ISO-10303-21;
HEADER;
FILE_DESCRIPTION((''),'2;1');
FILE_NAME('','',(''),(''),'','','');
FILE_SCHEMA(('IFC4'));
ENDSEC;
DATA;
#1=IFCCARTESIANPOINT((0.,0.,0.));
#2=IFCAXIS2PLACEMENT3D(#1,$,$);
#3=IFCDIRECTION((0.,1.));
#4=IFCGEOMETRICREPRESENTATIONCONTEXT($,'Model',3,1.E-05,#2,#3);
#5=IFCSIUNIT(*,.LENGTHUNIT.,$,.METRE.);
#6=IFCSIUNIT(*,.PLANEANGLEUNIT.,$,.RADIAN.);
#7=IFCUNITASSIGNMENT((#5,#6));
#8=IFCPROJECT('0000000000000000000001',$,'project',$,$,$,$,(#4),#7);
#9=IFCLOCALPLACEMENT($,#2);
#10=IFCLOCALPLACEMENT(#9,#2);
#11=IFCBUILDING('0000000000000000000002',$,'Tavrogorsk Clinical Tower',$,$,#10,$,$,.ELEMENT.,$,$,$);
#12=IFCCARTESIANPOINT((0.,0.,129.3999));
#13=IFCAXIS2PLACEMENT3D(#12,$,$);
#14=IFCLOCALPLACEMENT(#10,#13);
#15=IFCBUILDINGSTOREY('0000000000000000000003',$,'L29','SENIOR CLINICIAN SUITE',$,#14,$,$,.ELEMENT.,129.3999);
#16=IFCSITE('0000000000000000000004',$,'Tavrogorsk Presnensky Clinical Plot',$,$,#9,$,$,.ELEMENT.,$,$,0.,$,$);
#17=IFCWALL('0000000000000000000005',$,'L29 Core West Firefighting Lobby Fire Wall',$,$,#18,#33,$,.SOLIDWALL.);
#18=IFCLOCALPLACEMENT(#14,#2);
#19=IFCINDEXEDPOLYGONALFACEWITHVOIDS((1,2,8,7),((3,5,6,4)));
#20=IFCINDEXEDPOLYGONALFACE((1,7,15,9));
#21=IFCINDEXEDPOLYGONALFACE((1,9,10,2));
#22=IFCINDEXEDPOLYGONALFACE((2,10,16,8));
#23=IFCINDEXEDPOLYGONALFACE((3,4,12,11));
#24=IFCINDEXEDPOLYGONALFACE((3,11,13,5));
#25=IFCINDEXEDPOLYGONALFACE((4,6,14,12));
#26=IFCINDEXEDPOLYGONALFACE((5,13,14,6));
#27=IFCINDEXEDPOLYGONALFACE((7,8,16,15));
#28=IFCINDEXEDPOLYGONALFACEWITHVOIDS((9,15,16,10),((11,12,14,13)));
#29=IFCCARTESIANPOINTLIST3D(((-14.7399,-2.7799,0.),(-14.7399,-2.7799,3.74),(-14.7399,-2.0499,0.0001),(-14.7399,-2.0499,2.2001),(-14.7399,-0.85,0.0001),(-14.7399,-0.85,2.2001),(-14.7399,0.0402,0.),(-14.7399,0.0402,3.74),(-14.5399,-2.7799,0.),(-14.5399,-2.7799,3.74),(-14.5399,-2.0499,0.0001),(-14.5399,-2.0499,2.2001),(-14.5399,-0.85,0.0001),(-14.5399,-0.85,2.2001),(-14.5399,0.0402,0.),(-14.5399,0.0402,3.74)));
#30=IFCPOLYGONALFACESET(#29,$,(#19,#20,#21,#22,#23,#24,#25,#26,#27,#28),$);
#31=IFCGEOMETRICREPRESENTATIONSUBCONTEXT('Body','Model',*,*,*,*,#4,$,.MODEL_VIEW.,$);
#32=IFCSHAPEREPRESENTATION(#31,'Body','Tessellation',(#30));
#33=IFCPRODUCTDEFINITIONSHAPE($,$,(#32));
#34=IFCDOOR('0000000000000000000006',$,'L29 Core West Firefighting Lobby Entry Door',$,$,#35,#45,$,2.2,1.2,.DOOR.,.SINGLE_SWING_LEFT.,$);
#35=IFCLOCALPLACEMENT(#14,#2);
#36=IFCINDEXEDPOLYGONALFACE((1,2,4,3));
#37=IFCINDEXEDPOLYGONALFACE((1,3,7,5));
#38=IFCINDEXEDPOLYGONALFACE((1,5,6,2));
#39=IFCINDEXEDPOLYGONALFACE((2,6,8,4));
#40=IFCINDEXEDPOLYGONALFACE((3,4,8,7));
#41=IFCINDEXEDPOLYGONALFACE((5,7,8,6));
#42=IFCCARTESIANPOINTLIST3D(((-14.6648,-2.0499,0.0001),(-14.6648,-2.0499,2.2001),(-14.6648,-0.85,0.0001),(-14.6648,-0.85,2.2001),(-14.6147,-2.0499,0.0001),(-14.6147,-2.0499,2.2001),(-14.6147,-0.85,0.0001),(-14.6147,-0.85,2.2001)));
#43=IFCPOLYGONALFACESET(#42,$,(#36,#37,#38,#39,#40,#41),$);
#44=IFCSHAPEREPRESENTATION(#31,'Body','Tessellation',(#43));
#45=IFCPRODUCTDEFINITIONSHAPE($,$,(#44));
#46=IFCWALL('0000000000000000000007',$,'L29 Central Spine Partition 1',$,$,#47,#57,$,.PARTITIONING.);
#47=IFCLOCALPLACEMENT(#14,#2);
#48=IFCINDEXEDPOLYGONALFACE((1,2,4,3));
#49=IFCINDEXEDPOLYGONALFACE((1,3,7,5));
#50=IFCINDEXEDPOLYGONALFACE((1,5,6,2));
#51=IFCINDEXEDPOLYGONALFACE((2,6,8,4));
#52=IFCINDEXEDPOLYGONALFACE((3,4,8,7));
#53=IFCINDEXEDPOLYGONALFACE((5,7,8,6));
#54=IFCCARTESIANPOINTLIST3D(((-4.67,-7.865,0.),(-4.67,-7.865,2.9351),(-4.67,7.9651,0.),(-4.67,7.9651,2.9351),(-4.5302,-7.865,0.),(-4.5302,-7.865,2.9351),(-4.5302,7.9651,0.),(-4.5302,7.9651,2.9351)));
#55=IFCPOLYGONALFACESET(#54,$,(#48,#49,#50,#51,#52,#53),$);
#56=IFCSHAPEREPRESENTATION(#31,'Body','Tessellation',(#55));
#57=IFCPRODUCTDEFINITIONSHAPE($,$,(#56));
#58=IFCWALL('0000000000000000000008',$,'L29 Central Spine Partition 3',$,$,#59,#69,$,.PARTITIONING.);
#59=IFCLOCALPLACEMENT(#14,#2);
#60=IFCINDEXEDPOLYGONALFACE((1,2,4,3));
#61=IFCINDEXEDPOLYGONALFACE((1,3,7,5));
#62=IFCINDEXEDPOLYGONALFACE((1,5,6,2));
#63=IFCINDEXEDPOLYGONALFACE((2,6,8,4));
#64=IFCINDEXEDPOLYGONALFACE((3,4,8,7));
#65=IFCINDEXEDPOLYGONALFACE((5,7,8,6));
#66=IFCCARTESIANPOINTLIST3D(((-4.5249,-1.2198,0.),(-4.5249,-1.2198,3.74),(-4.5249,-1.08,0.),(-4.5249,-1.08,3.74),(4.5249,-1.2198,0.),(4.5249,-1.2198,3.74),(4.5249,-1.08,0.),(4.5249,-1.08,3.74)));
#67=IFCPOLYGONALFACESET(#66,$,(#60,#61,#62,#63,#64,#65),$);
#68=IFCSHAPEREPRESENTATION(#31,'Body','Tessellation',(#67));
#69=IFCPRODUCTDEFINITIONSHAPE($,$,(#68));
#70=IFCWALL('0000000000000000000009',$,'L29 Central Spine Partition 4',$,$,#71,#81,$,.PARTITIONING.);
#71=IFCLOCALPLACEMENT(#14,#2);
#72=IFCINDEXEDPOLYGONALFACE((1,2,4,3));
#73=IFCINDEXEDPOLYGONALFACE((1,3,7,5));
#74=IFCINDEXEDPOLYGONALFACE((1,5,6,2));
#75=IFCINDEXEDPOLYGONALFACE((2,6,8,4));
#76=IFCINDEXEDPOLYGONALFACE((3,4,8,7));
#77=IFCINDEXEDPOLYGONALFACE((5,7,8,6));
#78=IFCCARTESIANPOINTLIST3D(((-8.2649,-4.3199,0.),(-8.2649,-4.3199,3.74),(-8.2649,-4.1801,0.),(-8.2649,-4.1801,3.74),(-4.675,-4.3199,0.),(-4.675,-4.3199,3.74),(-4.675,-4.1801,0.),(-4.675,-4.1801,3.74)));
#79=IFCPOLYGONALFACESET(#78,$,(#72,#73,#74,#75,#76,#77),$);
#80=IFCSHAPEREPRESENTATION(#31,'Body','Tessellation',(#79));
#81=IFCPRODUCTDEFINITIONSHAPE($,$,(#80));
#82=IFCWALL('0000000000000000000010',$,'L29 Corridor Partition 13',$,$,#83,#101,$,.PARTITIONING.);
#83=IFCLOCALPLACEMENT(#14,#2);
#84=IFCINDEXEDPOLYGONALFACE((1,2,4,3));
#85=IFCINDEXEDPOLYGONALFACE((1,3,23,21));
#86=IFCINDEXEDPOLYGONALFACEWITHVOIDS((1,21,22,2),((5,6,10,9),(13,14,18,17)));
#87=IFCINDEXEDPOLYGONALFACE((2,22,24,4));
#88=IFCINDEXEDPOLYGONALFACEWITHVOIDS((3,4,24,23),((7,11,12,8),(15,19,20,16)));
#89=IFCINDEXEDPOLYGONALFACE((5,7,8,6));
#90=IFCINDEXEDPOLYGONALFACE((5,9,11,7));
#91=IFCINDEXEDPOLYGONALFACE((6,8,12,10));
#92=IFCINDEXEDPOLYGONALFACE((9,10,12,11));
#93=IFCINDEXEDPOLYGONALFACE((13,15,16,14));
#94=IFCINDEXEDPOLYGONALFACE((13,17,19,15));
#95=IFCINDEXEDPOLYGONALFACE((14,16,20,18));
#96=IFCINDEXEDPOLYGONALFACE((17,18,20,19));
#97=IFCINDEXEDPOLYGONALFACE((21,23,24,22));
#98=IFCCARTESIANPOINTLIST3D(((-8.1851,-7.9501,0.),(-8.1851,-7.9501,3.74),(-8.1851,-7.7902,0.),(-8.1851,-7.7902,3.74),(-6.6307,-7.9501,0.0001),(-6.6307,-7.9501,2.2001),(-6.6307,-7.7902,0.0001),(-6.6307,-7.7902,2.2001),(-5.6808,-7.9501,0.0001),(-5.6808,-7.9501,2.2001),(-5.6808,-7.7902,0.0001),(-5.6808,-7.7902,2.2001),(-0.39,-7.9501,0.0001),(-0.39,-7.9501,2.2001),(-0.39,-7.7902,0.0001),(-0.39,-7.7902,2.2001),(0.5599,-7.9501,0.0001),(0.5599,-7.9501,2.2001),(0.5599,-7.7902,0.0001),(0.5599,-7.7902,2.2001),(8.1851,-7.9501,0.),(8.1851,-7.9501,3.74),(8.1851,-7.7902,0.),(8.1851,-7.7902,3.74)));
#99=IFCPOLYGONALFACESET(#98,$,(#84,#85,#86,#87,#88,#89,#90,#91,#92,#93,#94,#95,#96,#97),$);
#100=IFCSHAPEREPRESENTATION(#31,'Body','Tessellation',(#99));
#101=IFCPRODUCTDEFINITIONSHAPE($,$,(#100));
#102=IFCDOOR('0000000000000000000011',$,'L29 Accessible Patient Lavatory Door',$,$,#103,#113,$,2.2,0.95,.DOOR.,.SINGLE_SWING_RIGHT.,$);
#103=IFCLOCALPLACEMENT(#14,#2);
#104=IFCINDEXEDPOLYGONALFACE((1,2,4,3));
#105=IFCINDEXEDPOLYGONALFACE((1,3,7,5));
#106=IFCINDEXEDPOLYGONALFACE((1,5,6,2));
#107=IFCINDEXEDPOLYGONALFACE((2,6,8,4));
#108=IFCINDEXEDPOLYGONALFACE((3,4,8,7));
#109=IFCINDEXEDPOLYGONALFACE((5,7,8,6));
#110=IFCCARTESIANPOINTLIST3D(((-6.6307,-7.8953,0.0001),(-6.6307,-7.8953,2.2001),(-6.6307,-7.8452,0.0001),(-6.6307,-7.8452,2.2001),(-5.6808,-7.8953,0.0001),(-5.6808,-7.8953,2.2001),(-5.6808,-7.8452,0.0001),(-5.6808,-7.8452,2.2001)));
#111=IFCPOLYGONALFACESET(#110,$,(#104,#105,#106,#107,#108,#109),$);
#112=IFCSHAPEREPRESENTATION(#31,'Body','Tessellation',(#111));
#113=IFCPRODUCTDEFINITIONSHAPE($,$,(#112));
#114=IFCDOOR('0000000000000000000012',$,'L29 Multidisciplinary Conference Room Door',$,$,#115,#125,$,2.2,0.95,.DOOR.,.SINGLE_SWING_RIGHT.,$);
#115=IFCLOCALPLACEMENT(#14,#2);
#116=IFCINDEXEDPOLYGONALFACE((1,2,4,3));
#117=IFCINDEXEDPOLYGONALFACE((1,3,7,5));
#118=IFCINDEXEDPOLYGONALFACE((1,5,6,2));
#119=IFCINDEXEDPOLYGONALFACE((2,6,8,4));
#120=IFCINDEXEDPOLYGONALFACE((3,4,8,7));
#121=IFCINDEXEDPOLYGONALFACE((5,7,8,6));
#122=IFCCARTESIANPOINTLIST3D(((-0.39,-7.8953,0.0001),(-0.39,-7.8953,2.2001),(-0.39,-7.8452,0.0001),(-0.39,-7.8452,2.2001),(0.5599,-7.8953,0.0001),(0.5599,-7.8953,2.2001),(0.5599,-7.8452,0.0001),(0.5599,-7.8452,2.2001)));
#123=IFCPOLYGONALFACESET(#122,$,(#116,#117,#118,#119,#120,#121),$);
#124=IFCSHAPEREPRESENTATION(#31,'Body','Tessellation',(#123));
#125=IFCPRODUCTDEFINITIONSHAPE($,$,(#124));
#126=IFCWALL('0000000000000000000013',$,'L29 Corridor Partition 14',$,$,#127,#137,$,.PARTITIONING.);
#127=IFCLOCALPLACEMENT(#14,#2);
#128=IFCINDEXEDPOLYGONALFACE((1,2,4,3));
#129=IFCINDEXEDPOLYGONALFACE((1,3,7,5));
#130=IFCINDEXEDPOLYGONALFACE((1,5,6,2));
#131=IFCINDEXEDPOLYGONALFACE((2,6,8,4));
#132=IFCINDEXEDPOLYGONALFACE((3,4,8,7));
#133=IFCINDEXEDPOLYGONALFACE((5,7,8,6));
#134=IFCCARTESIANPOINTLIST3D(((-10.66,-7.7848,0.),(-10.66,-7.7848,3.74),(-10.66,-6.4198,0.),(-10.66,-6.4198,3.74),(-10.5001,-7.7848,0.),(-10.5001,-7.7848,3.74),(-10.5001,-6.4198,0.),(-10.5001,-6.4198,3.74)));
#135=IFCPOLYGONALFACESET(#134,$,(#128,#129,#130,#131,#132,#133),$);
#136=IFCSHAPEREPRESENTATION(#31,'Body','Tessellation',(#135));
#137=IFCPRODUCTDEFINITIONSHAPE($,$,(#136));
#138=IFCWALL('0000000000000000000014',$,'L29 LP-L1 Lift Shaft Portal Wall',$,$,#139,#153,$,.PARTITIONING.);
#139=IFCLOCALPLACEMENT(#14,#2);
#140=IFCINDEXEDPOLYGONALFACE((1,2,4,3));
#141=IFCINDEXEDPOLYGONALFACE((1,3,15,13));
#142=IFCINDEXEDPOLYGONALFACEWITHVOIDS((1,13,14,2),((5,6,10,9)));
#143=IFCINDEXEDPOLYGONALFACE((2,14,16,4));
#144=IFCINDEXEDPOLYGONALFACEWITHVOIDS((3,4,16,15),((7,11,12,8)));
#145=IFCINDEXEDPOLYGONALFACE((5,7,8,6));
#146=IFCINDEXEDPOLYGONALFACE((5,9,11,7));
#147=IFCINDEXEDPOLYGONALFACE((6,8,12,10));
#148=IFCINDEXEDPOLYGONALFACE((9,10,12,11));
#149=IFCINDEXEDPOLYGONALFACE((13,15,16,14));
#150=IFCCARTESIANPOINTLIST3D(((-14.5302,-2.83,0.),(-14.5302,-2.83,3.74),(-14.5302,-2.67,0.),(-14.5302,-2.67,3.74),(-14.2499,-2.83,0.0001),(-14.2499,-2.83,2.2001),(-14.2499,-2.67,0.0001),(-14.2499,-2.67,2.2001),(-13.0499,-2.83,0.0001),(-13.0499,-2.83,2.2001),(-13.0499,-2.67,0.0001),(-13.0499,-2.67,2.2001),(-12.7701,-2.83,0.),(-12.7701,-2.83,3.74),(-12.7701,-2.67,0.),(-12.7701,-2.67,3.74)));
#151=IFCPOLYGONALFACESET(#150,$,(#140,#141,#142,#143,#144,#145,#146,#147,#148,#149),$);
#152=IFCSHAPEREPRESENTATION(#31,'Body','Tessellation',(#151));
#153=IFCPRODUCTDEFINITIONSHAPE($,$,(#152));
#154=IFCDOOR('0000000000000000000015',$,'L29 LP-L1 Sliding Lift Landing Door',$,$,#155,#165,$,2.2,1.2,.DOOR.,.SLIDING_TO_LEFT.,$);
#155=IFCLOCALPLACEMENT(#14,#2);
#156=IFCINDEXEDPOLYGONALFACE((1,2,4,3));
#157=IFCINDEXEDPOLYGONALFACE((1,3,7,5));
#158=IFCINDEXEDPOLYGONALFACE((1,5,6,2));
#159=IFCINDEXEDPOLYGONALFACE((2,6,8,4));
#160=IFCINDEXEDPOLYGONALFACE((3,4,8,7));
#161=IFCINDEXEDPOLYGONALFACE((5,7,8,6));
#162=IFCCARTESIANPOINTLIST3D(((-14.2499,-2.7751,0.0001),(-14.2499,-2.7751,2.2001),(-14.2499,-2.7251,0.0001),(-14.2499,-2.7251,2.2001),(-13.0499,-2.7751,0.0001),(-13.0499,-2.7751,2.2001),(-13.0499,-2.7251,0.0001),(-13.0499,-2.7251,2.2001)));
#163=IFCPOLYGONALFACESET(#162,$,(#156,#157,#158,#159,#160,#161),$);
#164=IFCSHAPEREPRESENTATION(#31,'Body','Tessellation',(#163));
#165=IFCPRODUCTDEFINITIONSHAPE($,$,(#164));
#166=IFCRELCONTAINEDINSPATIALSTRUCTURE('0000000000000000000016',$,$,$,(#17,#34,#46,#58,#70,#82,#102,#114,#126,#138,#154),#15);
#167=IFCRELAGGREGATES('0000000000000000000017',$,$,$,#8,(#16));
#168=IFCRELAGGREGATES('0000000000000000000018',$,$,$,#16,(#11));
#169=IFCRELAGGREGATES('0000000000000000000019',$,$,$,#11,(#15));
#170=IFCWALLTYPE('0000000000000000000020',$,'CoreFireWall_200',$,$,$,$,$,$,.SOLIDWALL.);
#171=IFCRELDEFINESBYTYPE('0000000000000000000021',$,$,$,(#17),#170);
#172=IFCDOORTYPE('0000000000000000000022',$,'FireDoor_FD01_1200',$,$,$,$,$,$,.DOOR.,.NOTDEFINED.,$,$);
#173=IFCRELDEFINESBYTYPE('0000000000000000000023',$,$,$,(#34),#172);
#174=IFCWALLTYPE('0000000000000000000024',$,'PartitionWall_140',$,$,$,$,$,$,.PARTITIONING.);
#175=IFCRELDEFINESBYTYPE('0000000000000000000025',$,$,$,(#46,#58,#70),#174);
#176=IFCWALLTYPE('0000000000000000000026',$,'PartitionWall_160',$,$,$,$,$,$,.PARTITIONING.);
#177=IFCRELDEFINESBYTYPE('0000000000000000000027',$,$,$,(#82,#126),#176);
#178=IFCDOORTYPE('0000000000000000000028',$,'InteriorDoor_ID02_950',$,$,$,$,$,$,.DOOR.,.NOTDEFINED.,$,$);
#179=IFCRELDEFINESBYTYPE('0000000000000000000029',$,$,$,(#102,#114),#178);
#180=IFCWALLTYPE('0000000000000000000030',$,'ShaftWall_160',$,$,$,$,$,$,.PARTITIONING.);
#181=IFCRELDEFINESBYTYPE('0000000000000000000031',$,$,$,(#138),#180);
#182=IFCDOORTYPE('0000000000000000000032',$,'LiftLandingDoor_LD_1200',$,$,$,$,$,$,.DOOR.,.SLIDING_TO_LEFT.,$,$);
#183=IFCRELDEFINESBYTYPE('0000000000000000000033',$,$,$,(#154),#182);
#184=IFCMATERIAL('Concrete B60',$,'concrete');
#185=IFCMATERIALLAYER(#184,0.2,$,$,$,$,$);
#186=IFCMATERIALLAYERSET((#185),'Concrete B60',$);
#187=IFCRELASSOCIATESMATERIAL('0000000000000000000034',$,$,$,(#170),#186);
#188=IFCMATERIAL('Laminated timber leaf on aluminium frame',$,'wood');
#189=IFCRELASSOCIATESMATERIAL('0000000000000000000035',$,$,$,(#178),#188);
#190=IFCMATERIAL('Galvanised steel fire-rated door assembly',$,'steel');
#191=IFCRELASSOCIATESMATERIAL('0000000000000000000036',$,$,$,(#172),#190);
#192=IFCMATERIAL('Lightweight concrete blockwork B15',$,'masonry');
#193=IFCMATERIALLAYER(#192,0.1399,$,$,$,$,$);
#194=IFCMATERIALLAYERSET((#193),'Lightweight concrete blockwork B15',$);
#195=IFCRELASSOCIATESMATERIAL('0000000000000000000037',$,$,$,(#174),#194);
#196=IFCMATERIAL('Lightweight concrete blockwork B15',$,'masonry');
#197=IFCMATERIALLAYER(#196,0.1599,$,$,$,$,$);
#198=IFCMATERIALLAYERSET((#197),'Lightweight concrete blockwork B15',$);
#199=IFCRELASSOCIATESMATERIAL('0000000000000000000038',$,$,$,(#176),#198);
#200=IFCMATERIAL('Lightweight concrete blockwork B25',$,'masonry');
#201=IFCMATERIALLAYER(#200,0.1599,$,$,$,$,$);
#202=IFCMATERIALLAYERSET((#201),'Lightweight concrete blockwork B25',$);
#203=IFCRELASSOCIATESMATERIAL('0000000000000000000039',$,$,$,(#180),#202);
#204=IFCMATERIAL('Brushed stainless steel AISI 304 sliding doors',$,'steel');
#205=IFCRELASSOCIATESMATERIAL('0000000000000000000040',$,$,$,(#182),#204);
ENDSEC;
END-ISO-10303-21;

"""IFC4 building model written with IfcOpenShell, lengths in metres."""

from ifc_helpers import new_model, si_unit, direction, frame, frame_2d, origin, place, context, subcontext, project, spatial, rectangle, extrude, material, layer, layer_set, type_object, element, fill, save


model = new_model("IFC4")

# Units and contexts
model_context = context("Model", 3, precision=1e-05, world=origin(), true_north=direction((0.0, 1.0)))
body_context = subcontext(model_context, "Body", "Model", "MODEL_VIEW")
ifc_project = project(units=[si_unit("LENGTHUNIT", "METRE"), si_unit("PLANEANGLEUNIT", "RADIAN")], contexts=[model_context])

# Site, building, storey
site_placement = place(None, origin())
site = spatial("IfcSite", under=ifc_project, at=site_placement, Name="Tavrogorsk Presnensky Clinical Plot", CompositionType="ELEMENT", RefElevation=0.0)
building_placement = place(site_placement, origin())
building = spatial("IfcBuilding", under=site, at=building_placement, Name="Tavrogorsk Clinical Tower", CompositionType="ELEMENT")
storey_placement = place(building_placement, frame((0.0, 0.0, 129.3999)))
storey = spatial("IfcBuildingStorey", under=building, at=storey_placement, Name="L29", Description="SENIOR CLINICIAN SUITE", CompositionType="ELEMENT", Elevation=129.3999)

# Wall, opening, door
ifc_material_1 = material(Name="Concrete B60", Category="concrete")
ifc_layer_1 = layer(ifc_material_1, 0.2)
ifc_layer_set_1 = layer_set([ifc_layer_1], Name="Concrete B60")
wall_type_1 = type_object("IfcWallType", Name="CoreFireWall_200", PredefinedType="SOLIDWALL", material=ifc_layer_set_1)
ifc_material_2 = material(Name="Laminated timber leaf on aluminium frame", Category="wood")
door_type_1 = type_object("IfcDoorType", Name="InteriorDoor_ID02_950", OperationType="NOTDEFINED", PredefinedType="DOOR", material=ifc_material_2)
wall_1_placement = place(storey_placement, frame((-14.6399, -2.78, 0.0), z_axis=(0.0, 0.0, 1.0), x_axis=(0.0, 1.0, 0.0)))
wall_1 = element("IfcWall", 1, at=wall_1_placement, inside=storey, type_object=wall_type_1, Name="L29 Core West Firefighting Lobby Fire Wall", PredefinedType="SOLIDWALL", context=body_context, shape_type="SweptSolid", body=[
    extrude(rectangle(XDim=2.8201, YDim=0.2, at=frame_2d((1.4102, 0.0))), origin(), (0.0, 0.0, 1.0), 3.74),
])
opening_1_placement = place(wall_1_placement, frame((0.73, 0.0, 0.0)))
opening_1 = element("IfcOpeningElement", 2, at=opening_1_placement, cuts=wall_1, PredefinedType="OPENING", context=body_context, shape_type="SweptSolid", body=[
    extrude(rectangle(XDim=1.2, YDim=2.2, at=frame_2d((0.6001, 1.1001))), frame((0.0, 0.1099, 0.0), z_axis=(0.0, -1.0, 0.0), x_axis=(1.0, 0.0, 0.0)), (0.0, 0.0, 1.0), 0.22),
])
ifc_material_3 = material(Name="Galvanised steel fire-rated door assembly", Category="steel")
door_type_2 = type_object("IfcDoorType", Name="FireDoor_FD01_1200", OperationType="NOTDEFINED", PredefinedType="DOOR", material=ifc_material_3)
door_1_placement = place(opening_1_placement, origin())
door_1 = element("IfcDoor", 3, at=door_1_placement, inside=storey, type_object=door_type_2, Name="L29 Core West Firefighting Lobby Entry Door", OperationType="SINGLE_SWING_LEFT", OverallHeight=2.2, OverallWidth=1.2, PredefinedType="DOOR", context=body_context, shape_type="SweptSolid", body=[
    extrude(rectangle(XDim=1.2, YDim=2.2, at=frame_2d((0.6001, 1.1001))), frame((0.0, 0.0249, 0.0), z_axis=(0.0, -1.0, 0.0), x_axis=(1.0, 0.0, 0.0)), (0.0, 0.0, 1.0), 0.05),
])
fill(opening_1, door_1)

# Walls
ifc_material_4 = material(Name="Lightweight concrete blockwork B15", Category="masonry")
ifc_layer_2 = layer(ifc_material_4, 0.1399)
ifc_layer_set_2 = layer_set([ifc_layer_2], Name="Lightweight concrete blockwork B15")
wall_type_2 = type_object("IfcWallType", Name="PartitionWall_140", PredefinedType="PARTITIONING", material=ifc_layer_set_2)
wall_2_placement = place(storey_placement, frame((-4.6001, -7.865, 0.0), z_axis=(0.0, 0.0, 1.0), x_axis=(0.0, 1.0, 0.0)))
element("IfcWall", 4, at=wall_2_placement, inside=storey, type_object=wall_type_2, Name="L29 Central Spine Partition 1", PredefinedType="PARTITIONING", context=body_context, shape_type="SweptSolid", body=[
    extrude(rectangle(XDim=15.8301, YDim=0.1399, at=frame_2d((7.915, 0.0))), origin(), (0.0, 0.0, 1.0), 2.9351),
])
wall_3_placement = place(storey_placement, frame((-4.5249, -1.1499, 0.0), z_axis=(0.0, 0.0, 1.0), x_axis=(1.0, 0.0, 0.0)))
element("IfcWall", 5, at=wall_3_placement, inside=storey, type_object=wall_type_2, Name="L29 Central Spine Partition 3", PredefinedType="PARTITIONING", context=body_context, shape_type="SweptSolid", body=[
    extrude(rectangle(XDim=9.0498, YDim=0.1399, at=frame_2d((4.5249, 0.0))), origin(), (0.0, 0.0, 1.0), 3.74),
])
wall_4_placement = place(storey_placement, frame((-8.2649, -4.25, 0.0), z_axis=(0.0, 0.0, 1.0), x_axis=(1.0, 0.0, 0.0)))
element("IfcWall", 6, at=wall_4_placement, inside=storey, type_object=wall_type_2, Name="L29 Central Spine Partition 4", PredefinedType="PARTITIONING", context=body_context, shape_type="SweptSolid", body=[
    extrude(rectangle(XDim=3.5898, YDim=0.1399, at=frame_2d((1.7949, 0.0))), origin(), (0.0, 0.0, 1.0), 3.74),
])

# Wall, openings, doors
ifc_material_5 = material(Name="Lightweight concrete blockwork B15", Category="masonry")
ifc_layer_3 = layer(ifc_material_5, 0.1599)
ifc_layer_set_3 = layer_set([ifc_layer_3], Name="Lightweight concrete blockwork B15")
wall_type_3 = type_object("IfcWallType", Name="PartitionWall_160", PredefinedType="PARTITIONING", material=ifc_layer_set_3)
wall_5_placement = place(storey_placement, frame((-8.1851, -7.8701, 0.0), z_axis=(0.0, 0.0, 1.0), x_axis=(1.0, 0.0, 0.0)))
wall_5 = element("IfcWall", 7, at=wall_5_placement, inside=storey, type_object=wall_type_3, Name="L29 Corridor Partition 13", PredefinedType="PARTITIONING", context=body_context, shape_type="SweptSolid", body=[
    extrude(rectangle(XDim=16.3701, YDim=0.1599, at=frame_2d((8.1851, 0.0))), origin(), (0.0, 0.0, 1.0), 3.74),
])
opening_2_placement = place(wall_5_placement, frame((1.5542, 0.0, 0.0)))
opening_2 = element("IfcOpeningElement", 8, at=opening_2_placement, cuts=wall_5, PredefinedType="OPENING", context=body_context, shape_type="SweptSolid", body=[
    extrude(rectangle(XDim=0.95, YDim=2.2, at=frame_2d((0.4751, 1.1001))), frame((0.0, 0.0898, 0.0), z_axis=(0.0, -1.0, 0.0), x_axis=(1.0, 0.0, 0.0)), (0.0, 0.0, 1.0), 0.1799),
])
opening_3_placement = place(wall_5_placement, frame((7.7949, 0.0, 0.0)))
opening_3 = element("IfcOpeningElement", 9, at=opening_3_placement, cuts=wall_5, PredefinedType="OPENING", context=body_context, shape_type="SweptSolid", body=[
    extrude(rectangle(XDim=0.95, YDim=2.2, at=frame_2d((0.4751, 1.1001))), frame((0.0, 0.0898, 0.0), z_axis=(0.0, -1.0, 0.0), x_axis=(1.0, 0.0, 0.0)), (0.0, 0.0, 1.0), 0.1799),
])
door_2_placement = place(opening_2_placement, origin())
door_2 = element("IfcDoor", 10, at=door_2_placement, inside=storey, type_object=door_type_1, Name="L29 Accessible Patient Lavatory Door", OperationType="SINGLE_SWING_RIGHT", OverallHeight=2.2, OverallWidth=0.95, PredefinedType="DOOR", context=body_context, shape_type="SweptSolid", body=[
    extrude(rectangle(XDim=0.95, YDim=2.2, at=frame_2d((0.4751, 1.1001))), frame((0.0, 0.0249, 0.0), z_axis=(0.0, -1.0, 0.0), x_axis=(1.0, 0.0, 0.0)), (0.0, 0.0, 1.0), 0.05),
])
fill(opening_2, door_2)
door_3_placement = place(opening_3_placement, origin())
door_3 = element("IfcDoor", 11, at=door_3_placement, inside=storey, type_object=door_type_1, Name="L29 Multidisciplinary Conference Room Door", OperationType="SINGLE_SWING_RIGHT", OverallHeight=2.2, OverallWidth=0.95, PredefinedType="DOOR", context=body_context, shape_type="SweptSolid", body=[
    extrude(rectangle(XDim=0.95, YDim=2.2, at=frame_2d((0.4751, 1.1001))), frame((0.0, 0.0249, 0.0), z_axis=(0.0, -1.0, 0.0), x_axis=(1.0, 0.0, 0.0)), (0.0, 0.0, 1.0), 0.05),
])
fill(opening_3, door_3)

# Wall
wall_6_placement = place(storey_placement, frame((-10.5801, -7.7849, 0.0), z_axis=(0.0, 0.0, 1.0), x_axis=(0.0, 1.0, 0.0)))
element("IfcWall", 12, at=wall_6_placement, inside=storey, type_object=wall_type_3, Name="L29 Corridor Partition 14", PredefinedType="PARTITIONING", context=body_context, shape_type="SweptSolid", body=[
    extrude(rectangle(XDim=1.365, YDim=0.1599, at=frame_2d((0.6826, 0.0))), origin(), (0.0, 0.0, 1.0), 3.74),
])

# Wall, opening, door
ifc_material_6 = material(Name="Lightweight concrete blockwork B25", Category="masonry")
ifc_layer_4 = layer(ifc_material_6, 0.1599)
ifc_layer_set_4 = layer_set([ifc_layer_4], Name="Lightweight concrete blockwork B25")
wall_type_4 = type_object("IfcWallType", Name="ShaftWall_160", PredefinedType="PARTITIONING", material=ifc_layer_set_4)
wall_7_placement = place(storey_placement, frame((-14.53, -2.75, 0.0), z_axis=(0.0, 0.0, 1.0), x_axis=(1.0, 0.0, 0.0)))
wall_7 = element("IfcWall", 13, at=wall_7_placement, inside=storey, type_object=wall_type_4, Name="L29 LP-L1 Lift Shaft Portal Wall", PredefinedType="PARTITIONING", context=body_context, shape_type="SweptSolid", body=[
    extrude(rectangle(XDim=1.76, YDim=0.1599, at=frame_2d((0.8799, 0.0))), origin(), (0.0, 0.0, 1.0), 3.74),
])
opening_4_placement = place(wall_7_placement, frame((0.28, 0.0, 0.0)))
opening_4 = element("IfcOpeningElement", 14, at=opening_4_placement, cuts=wall_7, PredefinedType="OPENING", context=body_context, shape_type="SweptSolid", body=[
    extrude(rectangle(XDim=1.2, YDim=2.2, at=frame_2d((0.6001, 1.1001))), frame((0.0, 0.0898, 0.0), z_axis=(0.0, -1.0, 0.0), x_axis=(1.0, 0.0, 0.0)), (0.0, 0.0, 1.0), 0.1799),
])
ifc_material_7 = material(Name="Brushed stainless steel AISI 304 sliding doors", Category="steel")
door_type_3 = type_object("IfcDoorType", Name="LiftLandingDoor_LD_1200", OperationType="SLIDING_TO_LEFT", PredefinedType="DOOR", material=ifc_material_7)
door_4_placement = place(opening_4_placement, origin())
door_4 = element("IfcDoor", 15, at=door_4_placement, inside=storey, type_object=door_type_3, Name="L29 LP-L1 Sliding Lift Landing Door", OperationType="SLIDING_TO_LEFT", OverallHeight=2.2, OverallWidth=1.2, PredefinedType="DOOR", context=body_context, shape_type="SweptSolid", body=[
    extrude(rectangle(XDim=1.2, YDim=2.2, at=frame_2d((0.6001, 1.1001))), frame((0.0, 0.0249, 0.0), z_axis=(0.0, -1.0, 0.0), x_axis=(1.0, 0.0, 0.0)), (0.0, 0.0, 1.0), 0.05),
])
fill(opening_4, door_4)

save(model, "model.ifc")
